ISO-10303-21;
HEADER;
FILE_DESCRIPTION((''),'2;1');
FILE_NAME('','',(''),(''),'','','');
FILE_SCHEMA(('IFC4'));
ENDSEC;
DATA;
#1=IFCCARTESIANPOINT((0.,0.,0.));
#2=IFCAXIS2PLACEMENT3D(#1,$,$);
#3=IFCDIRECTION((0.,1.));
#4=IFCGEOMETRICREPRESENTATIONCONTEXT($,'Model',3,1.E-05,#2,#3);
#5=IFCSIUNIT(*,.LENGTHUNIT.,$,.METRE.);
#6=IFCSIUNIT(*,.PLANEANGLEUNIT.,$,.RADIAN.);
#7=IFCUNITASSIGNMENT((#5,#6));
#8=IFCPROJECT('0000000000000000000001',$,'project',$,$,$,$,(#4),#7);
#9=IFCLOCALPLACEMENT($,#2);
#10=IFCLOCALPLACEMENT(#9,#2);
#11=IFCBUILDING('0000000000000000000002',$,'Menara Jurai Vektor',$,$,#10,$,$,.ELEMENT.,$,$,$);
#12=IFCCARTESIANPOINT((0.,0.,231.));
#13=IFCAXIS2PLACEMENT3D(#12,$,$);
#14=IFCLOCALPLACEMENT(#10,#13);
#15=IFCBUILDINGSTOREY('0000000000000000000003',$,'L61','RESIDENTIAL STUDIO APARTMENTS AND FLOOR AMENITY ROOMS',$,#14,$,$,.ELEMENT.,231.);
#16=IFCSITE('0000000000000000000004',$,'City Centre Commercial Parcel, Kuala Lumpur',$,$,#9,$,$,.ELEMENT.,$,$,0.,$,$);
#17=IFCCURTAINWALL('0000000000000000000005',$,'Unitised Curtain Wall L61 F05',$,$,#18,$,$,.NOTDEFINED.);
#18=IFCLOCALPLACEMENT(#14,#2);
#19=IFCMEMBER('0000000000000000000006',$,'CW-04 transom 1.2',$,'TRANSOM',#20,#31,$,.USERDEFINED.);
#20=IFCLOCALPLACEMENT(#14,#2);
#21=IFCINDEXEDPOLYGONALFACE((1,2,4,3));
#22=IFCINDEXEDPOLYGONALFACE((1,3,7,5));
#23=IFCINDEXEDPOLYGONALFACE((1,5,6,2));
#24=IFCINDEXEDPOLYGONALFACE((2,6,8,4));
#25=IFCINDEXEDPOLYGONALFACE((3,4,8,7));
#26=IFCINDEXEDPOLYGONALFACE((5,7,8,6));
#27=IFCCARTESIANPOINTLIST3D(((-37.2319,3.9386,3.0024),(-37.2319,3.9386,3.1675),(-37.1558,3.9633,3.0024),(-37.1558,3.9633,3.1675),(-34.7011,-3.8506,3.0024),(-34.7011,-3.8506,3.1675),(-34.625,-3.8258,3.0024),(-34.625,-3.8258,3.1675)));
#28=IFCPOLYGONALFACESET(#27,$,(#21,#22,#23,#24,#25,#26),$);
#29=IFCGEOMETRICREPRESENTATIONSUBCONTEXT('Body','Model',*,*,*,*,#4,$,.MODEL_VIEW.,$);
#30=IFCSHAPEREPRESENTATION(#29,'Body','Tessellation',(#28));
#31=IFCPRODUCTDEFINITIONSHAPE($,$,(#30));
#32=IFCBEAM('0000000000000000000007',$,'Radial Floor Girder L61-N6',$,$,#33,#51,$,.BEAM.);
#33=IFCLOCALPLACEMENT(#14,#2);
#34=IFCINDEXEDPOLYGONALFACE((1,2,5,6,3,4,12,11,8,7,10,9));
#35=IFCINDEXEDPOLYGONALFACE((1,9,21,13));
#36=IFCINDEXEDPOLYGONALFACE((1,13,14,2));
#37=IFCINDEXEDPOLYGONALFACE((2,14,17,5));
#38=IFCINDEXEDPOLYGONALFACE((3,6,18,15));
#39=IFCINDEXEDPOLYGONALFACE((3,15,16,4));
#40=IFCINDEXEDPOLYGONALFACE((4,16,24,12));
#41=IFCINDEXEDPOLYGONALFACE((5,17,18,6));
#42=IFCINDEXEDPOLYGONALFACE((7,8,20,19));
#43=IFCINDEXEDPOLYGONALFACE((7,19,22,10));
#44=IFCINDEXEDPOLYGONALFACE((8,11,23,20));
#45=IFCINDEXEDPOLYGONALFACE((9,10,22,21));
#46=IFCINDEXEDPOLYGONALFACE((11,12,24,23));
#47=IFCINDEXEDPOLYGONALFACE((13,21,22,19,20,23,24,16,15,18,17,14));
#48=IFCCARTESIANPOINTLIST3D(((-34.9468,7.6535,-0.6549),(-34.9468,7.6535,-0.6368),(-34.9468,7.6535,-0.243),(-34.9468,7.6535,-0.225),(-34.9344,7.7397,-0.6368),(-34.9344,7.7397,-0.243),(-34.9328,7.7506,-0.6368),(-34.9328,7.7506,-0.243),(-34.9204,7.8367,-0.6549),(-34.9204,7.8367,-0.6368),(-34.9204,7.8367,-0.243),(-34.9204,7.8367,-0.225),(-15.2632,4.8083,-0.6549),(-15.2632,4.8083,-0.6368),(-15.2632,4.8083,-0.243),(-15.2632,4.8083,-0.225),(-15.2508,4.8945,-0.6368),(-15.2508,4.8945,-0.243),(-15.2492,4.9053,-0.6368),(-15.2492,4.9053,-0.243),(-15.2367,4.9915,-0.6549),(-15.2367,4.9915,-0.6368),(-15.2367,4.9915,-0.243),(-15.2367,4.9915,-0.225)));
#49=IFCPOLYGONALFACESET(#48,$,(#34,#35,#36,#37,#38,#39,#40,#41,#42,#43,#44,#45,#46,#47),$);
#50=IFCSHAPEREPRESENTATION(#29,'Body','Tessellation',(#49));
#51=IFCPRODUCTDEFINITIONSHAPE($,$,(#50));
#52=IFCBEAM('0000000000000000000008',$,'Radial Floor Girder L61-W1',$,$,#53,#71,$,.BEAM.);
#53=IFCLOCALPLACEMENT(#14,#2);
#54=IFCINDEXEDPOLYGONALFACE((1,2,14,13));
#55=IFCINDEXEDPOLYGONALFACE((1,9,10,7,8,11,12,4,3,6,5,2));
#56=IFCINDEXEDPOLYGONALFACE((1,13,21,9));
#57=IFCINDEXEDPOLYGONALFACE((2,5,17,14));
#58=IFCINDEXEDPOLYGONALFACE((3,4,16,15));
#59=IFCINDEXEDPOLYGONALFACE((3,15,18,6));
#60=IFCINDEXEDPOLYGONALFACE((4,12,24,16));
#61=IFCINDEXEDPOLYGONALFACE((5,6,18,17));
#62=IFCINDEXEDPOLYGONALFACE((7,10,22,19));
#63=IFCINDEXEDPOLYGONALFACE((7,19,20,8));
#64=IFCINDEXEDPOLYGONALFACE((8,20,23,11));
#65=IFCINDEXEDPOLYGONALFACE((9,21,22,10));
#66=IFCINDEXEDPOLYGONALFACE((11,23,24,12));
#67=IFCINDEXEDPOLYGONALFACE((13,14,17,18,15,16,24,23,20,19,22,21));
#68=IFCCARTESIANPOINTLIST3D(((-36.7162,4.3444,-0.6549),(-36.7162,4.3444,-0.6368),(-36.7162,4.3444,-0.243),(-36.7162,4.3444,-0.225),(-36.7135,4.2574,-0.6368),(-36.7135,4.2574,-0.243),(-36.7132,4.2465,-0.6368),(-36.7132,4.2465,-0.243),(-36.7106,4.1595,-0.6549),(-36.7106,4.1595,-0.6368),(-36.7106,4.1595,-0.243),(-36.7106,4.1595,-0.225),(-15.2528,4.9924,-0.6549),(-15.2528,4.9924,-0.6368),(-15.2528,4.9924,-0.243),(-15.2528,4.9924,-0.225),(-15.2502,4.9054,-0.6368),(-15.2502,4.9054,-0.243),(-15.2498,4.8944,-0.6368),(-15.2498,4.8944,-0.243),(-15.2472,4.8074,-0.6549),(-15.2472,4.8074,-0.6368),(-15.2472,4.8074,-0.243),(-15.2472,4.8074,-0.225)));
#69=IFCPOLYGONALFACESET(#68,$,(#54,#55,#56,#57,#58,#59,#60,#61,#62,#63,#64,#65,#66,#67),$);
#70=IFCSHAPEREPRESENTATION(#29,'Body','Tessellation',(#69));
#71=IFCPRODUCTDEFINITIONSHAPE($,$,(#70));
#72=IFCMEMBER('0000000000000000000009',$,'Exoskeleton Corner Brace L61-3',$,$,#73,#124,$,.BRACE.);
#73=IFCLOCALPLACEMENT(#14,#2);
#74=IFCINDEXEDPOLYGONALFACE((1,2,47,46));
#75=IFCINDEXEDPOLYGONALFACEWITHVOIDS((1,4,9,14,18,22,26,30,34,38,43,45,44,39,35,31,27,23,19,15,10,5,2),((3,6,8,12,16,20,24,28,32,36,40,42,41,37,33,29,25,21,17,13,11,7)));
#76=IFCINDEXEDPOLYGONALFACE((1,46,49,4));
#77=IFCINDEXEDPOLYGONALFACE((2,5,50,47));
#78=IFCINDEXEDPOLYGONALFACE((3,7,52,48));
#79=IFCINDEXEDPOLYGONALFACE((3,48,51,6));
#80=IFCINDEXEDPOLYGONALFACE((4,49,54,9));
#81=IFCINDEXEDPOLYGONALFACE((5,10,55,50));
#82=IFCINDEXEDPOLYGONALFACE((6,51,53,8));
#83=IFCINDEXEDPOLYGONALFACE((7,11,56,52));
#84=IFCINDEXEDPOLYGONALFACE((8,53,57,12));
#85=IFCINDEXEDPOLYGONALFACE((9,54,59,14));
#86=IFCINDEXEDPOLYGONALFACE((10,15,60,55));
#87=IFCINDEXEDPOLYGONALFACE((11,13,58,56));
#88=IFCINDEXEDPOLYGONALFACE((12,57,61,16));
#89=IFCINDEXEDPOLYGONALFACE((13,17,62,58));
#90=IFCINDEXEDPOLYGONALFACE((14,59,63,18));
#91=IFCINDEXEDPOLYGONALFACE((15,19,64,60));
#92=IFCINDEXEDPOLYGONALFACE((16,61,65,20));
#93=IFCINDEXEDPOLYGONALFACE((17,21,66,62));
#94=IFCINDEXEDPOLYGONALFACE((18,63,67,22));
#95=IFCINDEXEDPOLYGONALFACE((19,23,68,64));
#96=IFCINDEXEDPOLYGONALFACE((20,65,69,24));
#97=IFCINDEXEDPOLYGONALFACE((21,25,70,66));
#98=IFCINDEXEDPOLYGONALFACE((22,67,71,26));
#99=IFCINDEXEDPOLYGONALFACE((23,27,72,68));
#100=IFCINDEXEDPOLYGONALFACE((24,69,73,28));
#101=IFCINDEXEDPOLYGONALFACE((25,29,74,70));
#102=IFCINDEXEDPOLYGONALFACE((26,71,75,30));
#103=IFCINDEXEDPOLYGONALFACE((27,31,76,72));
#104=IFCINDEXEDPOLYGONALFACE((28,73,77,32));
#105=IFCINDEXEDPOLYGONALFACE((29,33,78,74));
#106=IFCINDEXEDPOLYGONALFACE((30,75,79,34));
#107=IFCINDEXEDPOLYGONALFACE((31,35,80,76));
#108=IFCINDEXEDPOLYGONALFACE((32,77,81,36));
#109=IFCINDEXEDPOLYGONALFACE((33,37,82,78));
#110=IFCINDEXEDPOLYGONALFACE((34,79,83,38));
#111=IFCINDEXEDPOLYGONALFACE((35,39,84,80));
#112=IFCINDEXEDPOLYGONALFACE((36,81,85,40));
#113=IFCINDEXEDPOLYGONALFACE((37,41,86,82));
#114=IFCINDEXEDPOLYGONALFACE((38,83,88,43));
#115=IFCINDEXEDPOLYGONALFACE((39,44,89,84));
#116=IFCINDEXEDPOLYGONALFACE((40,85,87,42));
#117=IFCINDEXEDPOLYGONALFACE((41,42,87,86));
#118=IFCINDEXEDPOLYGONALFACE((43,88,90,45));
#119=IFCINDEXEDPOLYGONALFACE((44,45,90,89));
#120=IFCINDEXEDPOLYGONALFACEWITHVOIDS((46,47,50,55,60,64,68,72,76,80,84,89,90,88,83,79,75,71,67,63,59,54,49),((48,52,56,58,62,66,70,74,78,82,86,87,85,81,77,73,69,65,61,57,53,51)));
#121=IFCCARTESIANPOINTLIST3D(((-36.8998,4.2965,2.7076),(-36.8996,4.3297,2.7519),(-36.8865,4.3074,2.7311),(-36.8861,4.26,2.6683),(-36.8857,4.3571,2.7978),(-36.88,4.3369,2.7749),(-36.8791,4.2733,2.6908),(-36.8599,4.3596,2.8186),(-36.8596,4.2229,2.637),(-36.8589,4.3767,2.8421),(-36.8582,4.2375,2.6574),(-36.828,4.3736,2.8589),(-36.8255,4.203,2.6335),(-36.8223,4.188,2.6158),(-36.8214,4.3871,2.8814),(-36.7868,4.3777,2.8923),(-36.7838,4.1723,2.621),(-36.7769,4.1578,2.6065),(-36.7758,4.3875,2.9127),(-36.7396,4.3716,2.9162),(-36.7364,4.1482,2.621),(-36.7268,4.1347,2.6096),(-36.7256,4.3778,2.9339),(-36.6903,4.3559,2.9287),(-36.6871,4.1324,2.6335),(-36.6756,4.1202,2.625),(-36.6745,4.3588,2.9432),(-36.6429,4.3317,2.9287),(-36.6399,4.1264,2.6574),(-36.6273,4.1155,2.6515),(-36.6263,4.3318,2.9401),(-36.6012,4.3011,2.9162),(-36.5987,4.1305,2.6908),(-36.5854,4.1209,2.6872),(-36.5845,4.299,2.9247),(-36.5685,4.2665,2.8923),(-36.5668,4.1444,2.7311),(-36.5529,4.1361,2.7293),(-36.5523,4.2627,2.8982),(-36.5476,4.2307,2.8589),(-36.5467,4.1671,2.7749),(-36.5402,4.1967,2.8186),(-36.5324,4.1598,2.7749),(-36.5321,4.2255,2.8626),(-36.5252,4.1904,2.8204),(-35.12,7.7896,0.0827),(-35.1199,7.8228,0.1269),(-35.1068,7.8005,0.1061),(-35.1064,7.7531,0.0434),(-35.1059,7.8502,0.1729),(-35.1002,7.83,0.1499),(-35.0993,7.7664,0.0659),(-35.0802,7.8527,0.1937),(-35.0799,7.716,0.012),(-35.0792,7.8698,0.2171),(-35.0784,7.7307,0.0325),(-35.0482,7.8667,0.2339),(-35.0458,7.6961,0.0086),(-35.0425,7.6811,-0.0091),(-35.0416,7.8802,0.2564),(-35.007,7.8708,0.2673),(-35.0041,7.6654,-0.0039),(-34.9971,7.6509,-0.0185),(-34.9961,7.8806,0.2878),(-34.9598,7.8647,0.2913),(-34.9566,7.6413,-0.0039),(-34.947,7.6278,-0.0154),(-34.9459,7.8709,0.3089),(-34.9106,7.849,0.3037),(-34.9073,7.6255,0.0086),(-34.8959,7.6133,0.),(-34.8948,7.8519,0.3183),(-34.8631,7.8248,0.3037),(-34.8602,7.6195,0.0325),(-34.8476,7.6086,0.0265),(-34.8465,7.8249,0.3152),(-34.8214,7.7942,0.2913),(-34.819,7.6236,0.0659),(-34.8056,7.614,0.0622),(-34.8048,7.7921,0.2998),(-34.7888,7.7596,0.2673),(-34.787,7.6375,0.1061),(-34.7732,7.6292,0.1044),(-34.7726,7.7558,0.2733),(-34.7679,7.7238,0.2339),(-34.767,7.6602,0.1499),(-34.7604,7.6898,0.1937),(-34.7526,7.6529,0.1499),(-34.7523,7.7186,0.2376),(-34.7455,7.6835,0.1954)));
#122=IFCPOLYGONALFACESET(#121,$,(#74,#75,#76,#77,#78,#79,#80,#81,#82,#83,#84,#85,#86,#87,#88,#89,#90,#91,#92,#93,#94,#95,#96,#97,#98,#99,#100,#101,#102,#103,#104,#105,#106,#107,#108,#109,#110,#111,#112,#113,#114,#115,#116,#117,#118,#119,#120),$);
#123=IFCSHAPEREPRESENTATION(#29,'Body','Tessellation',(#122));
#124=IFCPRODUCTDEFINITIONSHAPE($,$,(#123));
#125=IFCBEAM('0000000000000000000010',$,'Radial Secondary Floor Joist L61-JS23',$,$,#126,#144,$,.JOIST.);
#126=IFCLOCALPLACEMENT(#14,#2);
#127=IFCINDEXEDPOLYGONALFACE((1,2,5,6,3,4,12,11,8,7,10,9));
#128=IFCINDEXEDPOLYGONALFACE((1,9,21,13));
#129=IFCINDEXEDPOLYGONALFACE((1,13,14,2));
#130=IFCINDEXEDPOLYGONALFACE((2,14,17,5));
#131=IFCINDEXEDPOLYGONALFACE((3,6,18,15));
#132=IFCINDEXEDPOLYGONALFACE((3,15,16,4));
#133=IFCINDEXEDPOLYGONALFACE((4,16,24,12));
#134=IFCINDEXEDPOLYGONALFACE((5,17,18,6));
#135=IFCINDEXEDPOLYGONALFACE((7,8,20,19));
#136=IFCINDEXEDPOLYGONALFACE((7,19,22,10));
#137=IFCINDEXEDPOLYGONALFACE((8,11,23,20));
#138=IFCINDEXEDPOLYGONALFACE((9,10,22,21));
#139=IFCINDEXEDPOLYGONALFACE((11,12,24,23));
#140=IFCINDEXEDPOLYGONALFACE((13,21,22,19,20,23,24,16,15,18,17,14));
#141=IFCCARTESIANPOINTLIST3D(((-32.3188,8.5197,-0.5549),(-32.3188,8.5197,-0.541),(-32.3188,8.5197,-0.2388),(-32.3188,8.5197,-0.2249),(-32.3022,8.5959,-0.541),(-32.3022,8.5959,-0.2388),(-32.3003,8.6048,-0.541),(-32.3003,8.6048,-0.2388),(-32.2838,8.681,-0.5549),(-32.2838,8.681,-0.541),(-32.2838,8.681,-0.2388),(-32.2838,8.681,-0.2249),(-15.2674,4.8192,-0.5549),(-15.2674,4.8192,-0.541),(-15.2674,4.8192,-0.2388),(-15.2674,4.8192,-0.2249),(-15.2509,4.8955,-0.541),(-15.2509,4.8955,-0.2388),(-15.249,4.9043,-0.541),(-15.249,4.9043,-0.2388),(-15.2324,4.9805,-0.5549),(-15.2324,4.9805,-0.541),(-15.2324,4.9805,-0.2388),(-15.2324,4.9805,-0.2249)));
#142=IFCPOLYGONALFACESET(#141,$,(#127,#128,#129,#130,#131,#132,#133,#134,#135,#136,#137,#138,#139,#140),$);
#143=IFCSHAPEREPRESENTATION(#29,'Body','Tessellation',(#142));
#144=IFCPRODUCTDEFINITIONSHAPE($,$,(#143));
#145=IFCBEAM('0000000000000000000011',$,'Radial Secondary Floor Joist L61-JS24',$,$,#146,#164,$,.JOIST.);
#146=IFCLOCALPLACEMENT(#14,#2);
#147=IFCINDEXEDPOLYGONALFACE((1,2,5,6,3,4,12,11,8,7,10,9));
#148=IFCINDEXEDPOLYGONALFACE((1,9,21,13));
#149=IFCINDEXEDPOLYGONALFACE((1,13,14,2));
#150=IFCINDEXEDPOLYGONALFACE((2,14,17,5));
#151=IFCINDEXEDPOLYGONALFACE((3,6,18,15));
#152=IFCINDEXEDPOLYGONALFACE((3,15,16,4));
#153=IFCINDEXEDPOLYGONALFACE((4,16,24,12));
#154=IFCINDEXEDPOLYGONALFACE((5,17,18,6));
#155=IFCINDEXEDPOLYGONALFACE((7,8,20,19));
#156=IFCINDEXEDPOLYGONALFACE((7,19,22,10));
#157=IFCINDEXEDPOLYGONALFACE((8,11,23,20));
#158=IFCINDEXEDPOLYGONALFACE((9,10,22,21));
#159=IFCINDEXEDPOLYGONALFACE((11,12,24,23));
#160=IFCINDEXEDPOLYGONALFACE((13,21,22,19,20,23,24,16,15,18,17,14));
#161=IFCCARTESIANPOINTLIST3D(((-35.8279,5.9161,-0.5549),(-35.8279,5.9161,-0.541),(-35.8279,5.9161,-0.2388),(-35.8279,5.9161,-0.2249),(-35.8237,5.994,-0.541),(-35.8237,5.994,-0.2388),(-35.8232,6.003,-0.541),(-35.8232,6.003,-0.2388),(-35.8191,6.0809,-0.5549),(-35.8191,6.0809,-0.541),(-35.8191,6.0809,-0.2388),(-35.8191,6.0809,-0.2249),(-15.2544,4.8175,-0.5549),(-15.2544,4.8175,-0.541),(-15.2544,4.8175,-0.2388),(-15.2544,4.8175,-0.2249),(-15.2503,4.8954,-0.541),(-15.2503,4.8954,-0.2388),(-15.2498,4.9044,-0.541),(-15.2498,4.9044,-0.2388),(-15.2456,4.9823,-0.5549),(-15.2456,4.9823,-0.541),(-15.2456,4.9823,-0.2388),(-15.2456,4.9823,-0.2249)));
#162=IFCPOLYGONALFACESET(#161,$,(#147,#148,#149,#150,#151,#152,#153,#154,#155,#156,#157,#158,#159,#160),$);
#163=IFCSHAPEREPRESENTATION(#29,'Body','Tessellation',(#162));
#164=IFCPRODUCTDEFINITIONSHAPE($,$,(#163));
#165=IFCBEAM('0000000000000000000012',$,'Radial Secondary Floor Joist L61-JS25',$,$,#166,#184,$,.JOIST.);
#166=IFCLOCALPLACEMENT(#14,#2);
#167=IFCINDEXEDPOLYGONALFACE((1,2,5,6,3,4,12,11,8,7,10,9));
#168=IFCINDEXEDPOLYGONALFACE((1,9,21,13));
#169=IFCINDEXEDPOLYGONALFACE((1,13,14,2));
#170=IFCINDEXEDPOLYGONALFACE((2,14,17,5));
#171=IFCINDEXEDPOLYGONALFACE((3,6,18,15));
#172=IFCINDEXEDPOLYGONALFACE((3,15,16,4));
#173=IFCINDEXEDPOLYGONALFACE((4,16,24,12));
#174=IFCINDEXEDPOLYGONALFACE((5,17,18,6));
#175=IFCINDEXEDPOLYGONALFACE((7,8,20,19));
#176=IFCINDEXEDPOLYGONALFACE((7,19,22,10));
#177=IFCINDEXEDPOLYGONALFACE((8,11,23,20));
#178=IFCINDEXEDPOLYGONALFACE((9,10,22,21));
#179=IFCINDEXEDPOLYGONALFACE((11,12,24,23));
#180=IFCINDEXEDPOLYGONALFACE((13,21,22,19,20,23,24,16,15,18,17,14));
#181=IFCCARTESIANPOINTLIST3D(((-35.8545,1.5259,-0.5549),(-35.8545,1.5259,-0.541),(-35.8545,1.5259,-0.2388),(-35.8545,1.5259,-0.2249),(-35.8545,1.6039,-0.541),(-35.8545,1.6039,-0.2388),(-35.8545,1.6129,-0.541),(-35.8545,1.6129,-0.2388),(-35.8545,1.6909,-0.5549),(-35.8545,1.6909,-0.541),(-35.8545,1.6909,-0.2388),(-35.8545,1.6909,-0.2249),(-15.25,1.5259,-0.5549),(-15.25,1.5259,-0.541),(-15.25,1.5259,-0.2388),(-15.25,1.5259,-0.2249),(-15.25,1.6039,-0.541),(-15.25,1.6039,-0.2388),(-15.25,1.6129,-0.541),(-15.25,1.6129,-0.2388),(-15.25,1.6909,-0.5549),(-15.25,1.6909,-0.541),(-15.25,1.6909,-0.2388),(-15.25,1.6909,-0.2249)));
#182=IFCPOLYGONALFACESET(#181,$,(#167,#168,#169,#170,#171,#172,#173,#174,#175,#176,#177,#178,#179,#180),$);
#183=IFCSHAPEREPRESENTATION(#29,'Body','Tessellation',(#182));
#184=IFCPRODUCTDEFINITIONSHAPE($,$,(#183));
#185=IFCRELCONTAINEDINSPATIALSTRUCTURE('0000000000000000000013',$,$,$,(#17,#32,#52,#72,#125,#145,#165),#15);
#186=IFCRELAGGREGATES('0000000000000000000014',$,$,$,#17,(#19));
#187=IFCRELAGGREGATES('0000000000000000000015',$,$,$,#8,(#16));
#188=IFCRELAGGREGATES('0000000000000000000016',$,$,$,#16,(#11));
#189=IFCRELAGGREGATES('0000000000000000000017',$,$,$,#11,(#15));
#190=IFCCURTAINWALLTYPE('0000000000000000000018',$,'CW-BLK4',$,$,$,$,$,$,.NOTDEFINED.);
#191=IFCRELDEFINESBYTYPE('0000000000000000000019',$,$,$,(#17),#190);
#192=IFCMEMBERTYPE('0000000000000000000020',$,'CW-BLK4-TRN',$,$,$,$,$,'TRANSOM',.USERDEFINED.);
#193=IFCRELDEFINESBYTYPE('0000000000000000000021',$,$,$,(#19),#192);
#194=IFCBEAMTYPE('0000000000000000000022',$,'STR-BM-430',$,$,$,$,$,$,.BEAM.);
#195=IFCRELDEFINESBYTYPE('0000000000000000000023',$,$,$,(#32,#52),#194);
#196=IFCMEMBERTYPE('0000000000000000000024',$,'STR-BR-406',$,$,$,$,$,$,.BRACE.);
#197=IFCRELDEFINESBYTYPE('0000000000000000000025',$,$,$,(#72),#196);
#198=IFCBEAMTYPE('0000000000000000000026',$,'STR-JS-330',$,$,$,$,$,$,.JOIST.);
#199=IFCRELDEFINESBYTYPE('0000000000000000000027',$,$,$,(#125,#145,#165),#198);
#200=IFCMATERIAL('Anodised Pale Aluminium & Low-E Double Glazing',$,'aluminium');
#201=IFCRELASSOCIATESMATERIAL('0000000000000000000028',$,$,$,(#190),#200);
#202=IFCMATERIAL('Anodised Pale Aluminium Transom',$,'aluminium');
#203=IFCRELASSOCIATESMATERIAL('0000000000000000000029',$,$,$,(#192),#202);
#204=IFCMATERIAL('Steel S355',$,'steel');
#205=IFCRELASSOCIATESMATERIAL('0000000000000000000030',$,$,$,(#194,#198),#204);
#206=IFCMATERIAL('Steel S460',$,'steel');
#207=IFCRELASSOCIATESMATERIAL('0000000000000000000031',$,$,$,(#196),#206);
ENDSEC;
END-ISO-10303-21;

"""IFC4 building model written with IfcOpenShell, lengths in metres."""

from ifc_helpers import new_model, si_unit, direction, frame, origin, origin_2d, place, context, subcontext, project, spatial, rectangle, hollow_circle, i_section, extrude, material, material_profile, profile_set, type_object, element, aggregate, save


model = new_model("IFC4")

# Units and contexts
model_context = context("Model", 3, precision=1e-05, world=origin(), true_north=direction((0.0, 1.0)))
body_context = subcontext(model_context, "Body", "Model", "MODEL_VIEW")
ifc_project = project(units=[si_unit("LENGTHUNIT", "METRE"), si_unit("PLANEANGLEUNIT", "RADIAN")], contexts=[model_context])

# Site, building, storey
site_placement = place(None, origin())
site = spatial("IfcSite", under=ifc_project, at=site_placement, Name="City Centre Commercial Parcel, Kuala Lumpur", CompositionType="ELEMENT", RefElevation=0.0)
building_placement = place(site_placement, origin())
building = spatial("IfcBuilding", under=site, at=building_placement, Name="Menara Jurai Vektor", CompositionType="ELEMENT")
storey_placement = place(building_placement, frame((0.0, 0.0, 231.0)))
storey = spatial("IfcBuildingStorey", under=building, at=storey_placement, Name="L61", Description="RESIDENTIAL STUDIO APARTMENTS AND FLOOR AMENITY ROOMS", CompositionType="ELEMENT", Elevation=231.0)

# Shared definitions
ifc_material_1 = material(Name="Steel S460", Category="steel")

# Shared definitions
ifc_material_2 = material(Name="Anodised Pale Aluminium & Low-E Double Glazing", Category="aluminium")
curtain_wall_type = type_object("IfcCurtainWallType", Name="CW-BLK4", PredefinedType="NOTDEFINED", material=ifc_material_2)

# Curtain wall
curtain_wall_1_placement = place(storey_placement, origin())
curtain_wall_1 = element("IfcCurtainWall", 1, at=curtain_wall_1_placement, inside=storey, type_object=curtain_wall_type, Name="Unitised Curtain Wall L61 F05", PredefinedType="NOTDEFINED")

# Member
ifc_material_3 = material(Name="Anodised Pale Aluminium Transom", Category="aluminium")
ifc_material_profile_1 = material_profile(ifc_material_3, rectangle(XDim=0.0801, YDim=0.165, at=origin_2d()), Name="ALU TRN 80x165")
ifc_profile_set_1 = profile_set([ifc_material_profile_1], Name="Anodised Pale Aluminium Transom")
member_type_1 = type_object("IfcMemberType", Name="CW-BLK4-TRN", ElementType="TRANSOM", PredefinedType="USERDEFINED", material=ifc_profile_set_1)
member_1_placement = place(storey_placement, frame((-37.1938, 3.9509, 3.085), z_axis=(0.309011, -0.951059, 0.0), x_axis=(0.951059, 0.309011, 0.0)))
member_1 = element("IfcMember", 2, at=member_1_placement, type_object=member_type_1, Name="CW-04 transom 1.2", ObjectType="TRANSOM", PredefinedType="USERDEFINED", context=body_context, shape_type="SweptSolid", body=[
    extrude(rectangle(XDim=0.0801, YDim=0.165, at=origin_2d()), origin(), (0.0, 0.0, 1.0), 8.1899),
])

# Beams
ifc_material_4 = material(Name="Steel S355", Category="steel")
ifc_material_profile_2 = material_profile(ifc_material_4, i_section(OverallWidth=0.1851, OverallDepth=0.4299, WebThickness=0.011, FlangeThickness=0.0181, at=origin_2d()), Name="PG 430x185x76")
ifc_profile_set_2 = profile_set([ifc_material_profile_2], Name="Steel S355")
beam_type_1 = type_object("IfcBeamType", Name="STR-BM-430", PredefinedType="BEAM", material=ifc_profile_set_2)
beam_1_placement = place(storey_placement, frame((-34.9336, 7.7451, -0.4399), z_axis=(0.989714, -0.143061, 0.0), x_axis=(0.143061, 0.989714, 0.0)))
element("IfcBeam", 3, at=beam_1_placement, inside=storey, type_object=beam_type_1, Name="Radial Floor Girder L61-N6", PredefinedType="BEAM", context=body_context, shape_type="SweptSolid", body=[
    extrude(i_section(OverallWidth=0.1851, OverallDepth=0.4299, WebThickness=0.011, FlangeThickness=0.0181, at=origin_2d()), origin(), (0.0, 0.0, 1.0), 19.8882),
])
beam_2_placement = place(storey_placement, frame((-36.7134, 4.252, -0.4399), z_axis=(0.999545, 0.030175, 0.0), x_axis=(-0.030175, 0.999545, 0.0)))
element("IfcBeam", 4, at=beam_2_placement, inside=storey, type_object=beam_type_1, Name="Radial Floor Girder L61-W1", PredefinedType="BEAM", context=body_context, shape_type="SweptSolid", body=[
    extrude(i_section(OverallWidth=0.1851, OverallDepth=0.4299, WebThickness=0.011, FlangeThickness=0.0181, at=origin_2d()), origin(), (0.0, 0.0, 1.0), 21.4731),
])

# Member
ifc_material_profile_3 = material_profile(ifc_material_1, hollow_circle(Radius=0.2031, WallThickness=0.0161, at=origin_2d()), Name="CHS 406.4x16")
ifc_profile_set_3 = profile_set([ifc_material_profile_3], Name="Steel S460")
member_type_2 = type_object("IfcMemberType", Name="STR-BR-406", PredefinedType="BRACE", material=ifc_profile_set_3)
member_2_placement = place(storey_placement, frame((-34.9336, 7.7451, 0.1499), z_axis=(-0.377225, -0.740375, 0.556368), x_axis=(0.891014, -0.453976, 0.0)))
element("IfcMember", 5, at=member_2_placement, inside=storey, type_object=member_type_2, Name="Exoskeleton Corner Brace L61-3", PredefinedType="BRACE", context=body_context, shape_type="SweptSolid", body=[
    extrude(hollow_circle(Radius=0.2031, WallThickness=0.0161, at=origin_2d()), origin(), (0.0, 0.0, 1.0), 4.718),
])

# Beams
ifc_material_profile_4 = material_profile(ifc_material_4, i_section(OverallWidth=0.165, OverallDepth=0.3301, WebThickness=0.009, FlangeThickness=0.0139, at=origin_2d()), Name="PG 330x165x46")
ifc_profile_set_4 = profile_set([ifc_material_profile_4], Name="Steel S355")
beam_type_2 = type_object("IfcBeamType", Name="STR-JS-330", PredefinedType="JOIST", material=ifc_profile_set_4)
beam_3_placement = place(storey_placement, frame((-32.3013, 8.6003, -0.3899), z_axis=(0.977252, -0.212082, 0.0), x_axis=(0.212082, 0.977252, 0.0)))
element("IfcBeam", 6, at=beam_3_placement, inside=storey, type_object=beam_type_2, Name="Radial Secondary Floor Joist L61-JS23", PredefinedType="JOIST", context=body_context, shape_type="SweptSolid", body=[
    extrude(i_section(OverallWidth=0.165, OverallDepth=0.3301, WebThickness=0.009, FlangeThickness=0.0139, at=origin_2d()), origin(), (0.0, 0.0, 1.0), 17.4482),
])
beam_4_placement = place(storey_placement, frame((-35.8235, 5.9985, -0.3899), z_axis=(0.998577, -0.053324, 0.0), x_axis=(0.053324, 0.998577, 0.0)))
element("IfcBeam", 7, at=beam_4_placement, inside=storey, type_object=beam_type_2, Name="Radial Secondary Floor Joist L61-JS24", PredefinedType="JOIST", context=body_context, shape_type="SweptSolid", body=[
    extrude(i_section(OverallWidth=0.165, OverallDepth=0.3301, WebThickness=0.009, FlangeThickness=0.0139, at=origin_2d()), origin(), (0.0, 0.0, 1.0), 20.6028),
])
beam_5_placement = place(storey_placement, frame((-35.8545, 1.6084, -0.3899), z_axis=(1.0, 0.0, 0.0), x_axis=(0.0, 1.0, 0.0)))
element("IfcBeam", 8, at=beam_5_placement, inside=storey, type_object=beam_type_2, Name="Radial Secondary Floor Joist L61-JS25", PredefinedType="JOIST", context=body_context, shape_type="SweptSolid", body=[
    extrude(i_section(OverallWidth=0.165, OverallDepth=0.3301, WebThickness=0.009, FlangeThickness=0.0139, at=origin_2d()), origin(), (0.0, 0.0, 1.0), 20.6045),
])

aggregate(curtain_wall_1, [member_1])

save(model, "model.ifc")
